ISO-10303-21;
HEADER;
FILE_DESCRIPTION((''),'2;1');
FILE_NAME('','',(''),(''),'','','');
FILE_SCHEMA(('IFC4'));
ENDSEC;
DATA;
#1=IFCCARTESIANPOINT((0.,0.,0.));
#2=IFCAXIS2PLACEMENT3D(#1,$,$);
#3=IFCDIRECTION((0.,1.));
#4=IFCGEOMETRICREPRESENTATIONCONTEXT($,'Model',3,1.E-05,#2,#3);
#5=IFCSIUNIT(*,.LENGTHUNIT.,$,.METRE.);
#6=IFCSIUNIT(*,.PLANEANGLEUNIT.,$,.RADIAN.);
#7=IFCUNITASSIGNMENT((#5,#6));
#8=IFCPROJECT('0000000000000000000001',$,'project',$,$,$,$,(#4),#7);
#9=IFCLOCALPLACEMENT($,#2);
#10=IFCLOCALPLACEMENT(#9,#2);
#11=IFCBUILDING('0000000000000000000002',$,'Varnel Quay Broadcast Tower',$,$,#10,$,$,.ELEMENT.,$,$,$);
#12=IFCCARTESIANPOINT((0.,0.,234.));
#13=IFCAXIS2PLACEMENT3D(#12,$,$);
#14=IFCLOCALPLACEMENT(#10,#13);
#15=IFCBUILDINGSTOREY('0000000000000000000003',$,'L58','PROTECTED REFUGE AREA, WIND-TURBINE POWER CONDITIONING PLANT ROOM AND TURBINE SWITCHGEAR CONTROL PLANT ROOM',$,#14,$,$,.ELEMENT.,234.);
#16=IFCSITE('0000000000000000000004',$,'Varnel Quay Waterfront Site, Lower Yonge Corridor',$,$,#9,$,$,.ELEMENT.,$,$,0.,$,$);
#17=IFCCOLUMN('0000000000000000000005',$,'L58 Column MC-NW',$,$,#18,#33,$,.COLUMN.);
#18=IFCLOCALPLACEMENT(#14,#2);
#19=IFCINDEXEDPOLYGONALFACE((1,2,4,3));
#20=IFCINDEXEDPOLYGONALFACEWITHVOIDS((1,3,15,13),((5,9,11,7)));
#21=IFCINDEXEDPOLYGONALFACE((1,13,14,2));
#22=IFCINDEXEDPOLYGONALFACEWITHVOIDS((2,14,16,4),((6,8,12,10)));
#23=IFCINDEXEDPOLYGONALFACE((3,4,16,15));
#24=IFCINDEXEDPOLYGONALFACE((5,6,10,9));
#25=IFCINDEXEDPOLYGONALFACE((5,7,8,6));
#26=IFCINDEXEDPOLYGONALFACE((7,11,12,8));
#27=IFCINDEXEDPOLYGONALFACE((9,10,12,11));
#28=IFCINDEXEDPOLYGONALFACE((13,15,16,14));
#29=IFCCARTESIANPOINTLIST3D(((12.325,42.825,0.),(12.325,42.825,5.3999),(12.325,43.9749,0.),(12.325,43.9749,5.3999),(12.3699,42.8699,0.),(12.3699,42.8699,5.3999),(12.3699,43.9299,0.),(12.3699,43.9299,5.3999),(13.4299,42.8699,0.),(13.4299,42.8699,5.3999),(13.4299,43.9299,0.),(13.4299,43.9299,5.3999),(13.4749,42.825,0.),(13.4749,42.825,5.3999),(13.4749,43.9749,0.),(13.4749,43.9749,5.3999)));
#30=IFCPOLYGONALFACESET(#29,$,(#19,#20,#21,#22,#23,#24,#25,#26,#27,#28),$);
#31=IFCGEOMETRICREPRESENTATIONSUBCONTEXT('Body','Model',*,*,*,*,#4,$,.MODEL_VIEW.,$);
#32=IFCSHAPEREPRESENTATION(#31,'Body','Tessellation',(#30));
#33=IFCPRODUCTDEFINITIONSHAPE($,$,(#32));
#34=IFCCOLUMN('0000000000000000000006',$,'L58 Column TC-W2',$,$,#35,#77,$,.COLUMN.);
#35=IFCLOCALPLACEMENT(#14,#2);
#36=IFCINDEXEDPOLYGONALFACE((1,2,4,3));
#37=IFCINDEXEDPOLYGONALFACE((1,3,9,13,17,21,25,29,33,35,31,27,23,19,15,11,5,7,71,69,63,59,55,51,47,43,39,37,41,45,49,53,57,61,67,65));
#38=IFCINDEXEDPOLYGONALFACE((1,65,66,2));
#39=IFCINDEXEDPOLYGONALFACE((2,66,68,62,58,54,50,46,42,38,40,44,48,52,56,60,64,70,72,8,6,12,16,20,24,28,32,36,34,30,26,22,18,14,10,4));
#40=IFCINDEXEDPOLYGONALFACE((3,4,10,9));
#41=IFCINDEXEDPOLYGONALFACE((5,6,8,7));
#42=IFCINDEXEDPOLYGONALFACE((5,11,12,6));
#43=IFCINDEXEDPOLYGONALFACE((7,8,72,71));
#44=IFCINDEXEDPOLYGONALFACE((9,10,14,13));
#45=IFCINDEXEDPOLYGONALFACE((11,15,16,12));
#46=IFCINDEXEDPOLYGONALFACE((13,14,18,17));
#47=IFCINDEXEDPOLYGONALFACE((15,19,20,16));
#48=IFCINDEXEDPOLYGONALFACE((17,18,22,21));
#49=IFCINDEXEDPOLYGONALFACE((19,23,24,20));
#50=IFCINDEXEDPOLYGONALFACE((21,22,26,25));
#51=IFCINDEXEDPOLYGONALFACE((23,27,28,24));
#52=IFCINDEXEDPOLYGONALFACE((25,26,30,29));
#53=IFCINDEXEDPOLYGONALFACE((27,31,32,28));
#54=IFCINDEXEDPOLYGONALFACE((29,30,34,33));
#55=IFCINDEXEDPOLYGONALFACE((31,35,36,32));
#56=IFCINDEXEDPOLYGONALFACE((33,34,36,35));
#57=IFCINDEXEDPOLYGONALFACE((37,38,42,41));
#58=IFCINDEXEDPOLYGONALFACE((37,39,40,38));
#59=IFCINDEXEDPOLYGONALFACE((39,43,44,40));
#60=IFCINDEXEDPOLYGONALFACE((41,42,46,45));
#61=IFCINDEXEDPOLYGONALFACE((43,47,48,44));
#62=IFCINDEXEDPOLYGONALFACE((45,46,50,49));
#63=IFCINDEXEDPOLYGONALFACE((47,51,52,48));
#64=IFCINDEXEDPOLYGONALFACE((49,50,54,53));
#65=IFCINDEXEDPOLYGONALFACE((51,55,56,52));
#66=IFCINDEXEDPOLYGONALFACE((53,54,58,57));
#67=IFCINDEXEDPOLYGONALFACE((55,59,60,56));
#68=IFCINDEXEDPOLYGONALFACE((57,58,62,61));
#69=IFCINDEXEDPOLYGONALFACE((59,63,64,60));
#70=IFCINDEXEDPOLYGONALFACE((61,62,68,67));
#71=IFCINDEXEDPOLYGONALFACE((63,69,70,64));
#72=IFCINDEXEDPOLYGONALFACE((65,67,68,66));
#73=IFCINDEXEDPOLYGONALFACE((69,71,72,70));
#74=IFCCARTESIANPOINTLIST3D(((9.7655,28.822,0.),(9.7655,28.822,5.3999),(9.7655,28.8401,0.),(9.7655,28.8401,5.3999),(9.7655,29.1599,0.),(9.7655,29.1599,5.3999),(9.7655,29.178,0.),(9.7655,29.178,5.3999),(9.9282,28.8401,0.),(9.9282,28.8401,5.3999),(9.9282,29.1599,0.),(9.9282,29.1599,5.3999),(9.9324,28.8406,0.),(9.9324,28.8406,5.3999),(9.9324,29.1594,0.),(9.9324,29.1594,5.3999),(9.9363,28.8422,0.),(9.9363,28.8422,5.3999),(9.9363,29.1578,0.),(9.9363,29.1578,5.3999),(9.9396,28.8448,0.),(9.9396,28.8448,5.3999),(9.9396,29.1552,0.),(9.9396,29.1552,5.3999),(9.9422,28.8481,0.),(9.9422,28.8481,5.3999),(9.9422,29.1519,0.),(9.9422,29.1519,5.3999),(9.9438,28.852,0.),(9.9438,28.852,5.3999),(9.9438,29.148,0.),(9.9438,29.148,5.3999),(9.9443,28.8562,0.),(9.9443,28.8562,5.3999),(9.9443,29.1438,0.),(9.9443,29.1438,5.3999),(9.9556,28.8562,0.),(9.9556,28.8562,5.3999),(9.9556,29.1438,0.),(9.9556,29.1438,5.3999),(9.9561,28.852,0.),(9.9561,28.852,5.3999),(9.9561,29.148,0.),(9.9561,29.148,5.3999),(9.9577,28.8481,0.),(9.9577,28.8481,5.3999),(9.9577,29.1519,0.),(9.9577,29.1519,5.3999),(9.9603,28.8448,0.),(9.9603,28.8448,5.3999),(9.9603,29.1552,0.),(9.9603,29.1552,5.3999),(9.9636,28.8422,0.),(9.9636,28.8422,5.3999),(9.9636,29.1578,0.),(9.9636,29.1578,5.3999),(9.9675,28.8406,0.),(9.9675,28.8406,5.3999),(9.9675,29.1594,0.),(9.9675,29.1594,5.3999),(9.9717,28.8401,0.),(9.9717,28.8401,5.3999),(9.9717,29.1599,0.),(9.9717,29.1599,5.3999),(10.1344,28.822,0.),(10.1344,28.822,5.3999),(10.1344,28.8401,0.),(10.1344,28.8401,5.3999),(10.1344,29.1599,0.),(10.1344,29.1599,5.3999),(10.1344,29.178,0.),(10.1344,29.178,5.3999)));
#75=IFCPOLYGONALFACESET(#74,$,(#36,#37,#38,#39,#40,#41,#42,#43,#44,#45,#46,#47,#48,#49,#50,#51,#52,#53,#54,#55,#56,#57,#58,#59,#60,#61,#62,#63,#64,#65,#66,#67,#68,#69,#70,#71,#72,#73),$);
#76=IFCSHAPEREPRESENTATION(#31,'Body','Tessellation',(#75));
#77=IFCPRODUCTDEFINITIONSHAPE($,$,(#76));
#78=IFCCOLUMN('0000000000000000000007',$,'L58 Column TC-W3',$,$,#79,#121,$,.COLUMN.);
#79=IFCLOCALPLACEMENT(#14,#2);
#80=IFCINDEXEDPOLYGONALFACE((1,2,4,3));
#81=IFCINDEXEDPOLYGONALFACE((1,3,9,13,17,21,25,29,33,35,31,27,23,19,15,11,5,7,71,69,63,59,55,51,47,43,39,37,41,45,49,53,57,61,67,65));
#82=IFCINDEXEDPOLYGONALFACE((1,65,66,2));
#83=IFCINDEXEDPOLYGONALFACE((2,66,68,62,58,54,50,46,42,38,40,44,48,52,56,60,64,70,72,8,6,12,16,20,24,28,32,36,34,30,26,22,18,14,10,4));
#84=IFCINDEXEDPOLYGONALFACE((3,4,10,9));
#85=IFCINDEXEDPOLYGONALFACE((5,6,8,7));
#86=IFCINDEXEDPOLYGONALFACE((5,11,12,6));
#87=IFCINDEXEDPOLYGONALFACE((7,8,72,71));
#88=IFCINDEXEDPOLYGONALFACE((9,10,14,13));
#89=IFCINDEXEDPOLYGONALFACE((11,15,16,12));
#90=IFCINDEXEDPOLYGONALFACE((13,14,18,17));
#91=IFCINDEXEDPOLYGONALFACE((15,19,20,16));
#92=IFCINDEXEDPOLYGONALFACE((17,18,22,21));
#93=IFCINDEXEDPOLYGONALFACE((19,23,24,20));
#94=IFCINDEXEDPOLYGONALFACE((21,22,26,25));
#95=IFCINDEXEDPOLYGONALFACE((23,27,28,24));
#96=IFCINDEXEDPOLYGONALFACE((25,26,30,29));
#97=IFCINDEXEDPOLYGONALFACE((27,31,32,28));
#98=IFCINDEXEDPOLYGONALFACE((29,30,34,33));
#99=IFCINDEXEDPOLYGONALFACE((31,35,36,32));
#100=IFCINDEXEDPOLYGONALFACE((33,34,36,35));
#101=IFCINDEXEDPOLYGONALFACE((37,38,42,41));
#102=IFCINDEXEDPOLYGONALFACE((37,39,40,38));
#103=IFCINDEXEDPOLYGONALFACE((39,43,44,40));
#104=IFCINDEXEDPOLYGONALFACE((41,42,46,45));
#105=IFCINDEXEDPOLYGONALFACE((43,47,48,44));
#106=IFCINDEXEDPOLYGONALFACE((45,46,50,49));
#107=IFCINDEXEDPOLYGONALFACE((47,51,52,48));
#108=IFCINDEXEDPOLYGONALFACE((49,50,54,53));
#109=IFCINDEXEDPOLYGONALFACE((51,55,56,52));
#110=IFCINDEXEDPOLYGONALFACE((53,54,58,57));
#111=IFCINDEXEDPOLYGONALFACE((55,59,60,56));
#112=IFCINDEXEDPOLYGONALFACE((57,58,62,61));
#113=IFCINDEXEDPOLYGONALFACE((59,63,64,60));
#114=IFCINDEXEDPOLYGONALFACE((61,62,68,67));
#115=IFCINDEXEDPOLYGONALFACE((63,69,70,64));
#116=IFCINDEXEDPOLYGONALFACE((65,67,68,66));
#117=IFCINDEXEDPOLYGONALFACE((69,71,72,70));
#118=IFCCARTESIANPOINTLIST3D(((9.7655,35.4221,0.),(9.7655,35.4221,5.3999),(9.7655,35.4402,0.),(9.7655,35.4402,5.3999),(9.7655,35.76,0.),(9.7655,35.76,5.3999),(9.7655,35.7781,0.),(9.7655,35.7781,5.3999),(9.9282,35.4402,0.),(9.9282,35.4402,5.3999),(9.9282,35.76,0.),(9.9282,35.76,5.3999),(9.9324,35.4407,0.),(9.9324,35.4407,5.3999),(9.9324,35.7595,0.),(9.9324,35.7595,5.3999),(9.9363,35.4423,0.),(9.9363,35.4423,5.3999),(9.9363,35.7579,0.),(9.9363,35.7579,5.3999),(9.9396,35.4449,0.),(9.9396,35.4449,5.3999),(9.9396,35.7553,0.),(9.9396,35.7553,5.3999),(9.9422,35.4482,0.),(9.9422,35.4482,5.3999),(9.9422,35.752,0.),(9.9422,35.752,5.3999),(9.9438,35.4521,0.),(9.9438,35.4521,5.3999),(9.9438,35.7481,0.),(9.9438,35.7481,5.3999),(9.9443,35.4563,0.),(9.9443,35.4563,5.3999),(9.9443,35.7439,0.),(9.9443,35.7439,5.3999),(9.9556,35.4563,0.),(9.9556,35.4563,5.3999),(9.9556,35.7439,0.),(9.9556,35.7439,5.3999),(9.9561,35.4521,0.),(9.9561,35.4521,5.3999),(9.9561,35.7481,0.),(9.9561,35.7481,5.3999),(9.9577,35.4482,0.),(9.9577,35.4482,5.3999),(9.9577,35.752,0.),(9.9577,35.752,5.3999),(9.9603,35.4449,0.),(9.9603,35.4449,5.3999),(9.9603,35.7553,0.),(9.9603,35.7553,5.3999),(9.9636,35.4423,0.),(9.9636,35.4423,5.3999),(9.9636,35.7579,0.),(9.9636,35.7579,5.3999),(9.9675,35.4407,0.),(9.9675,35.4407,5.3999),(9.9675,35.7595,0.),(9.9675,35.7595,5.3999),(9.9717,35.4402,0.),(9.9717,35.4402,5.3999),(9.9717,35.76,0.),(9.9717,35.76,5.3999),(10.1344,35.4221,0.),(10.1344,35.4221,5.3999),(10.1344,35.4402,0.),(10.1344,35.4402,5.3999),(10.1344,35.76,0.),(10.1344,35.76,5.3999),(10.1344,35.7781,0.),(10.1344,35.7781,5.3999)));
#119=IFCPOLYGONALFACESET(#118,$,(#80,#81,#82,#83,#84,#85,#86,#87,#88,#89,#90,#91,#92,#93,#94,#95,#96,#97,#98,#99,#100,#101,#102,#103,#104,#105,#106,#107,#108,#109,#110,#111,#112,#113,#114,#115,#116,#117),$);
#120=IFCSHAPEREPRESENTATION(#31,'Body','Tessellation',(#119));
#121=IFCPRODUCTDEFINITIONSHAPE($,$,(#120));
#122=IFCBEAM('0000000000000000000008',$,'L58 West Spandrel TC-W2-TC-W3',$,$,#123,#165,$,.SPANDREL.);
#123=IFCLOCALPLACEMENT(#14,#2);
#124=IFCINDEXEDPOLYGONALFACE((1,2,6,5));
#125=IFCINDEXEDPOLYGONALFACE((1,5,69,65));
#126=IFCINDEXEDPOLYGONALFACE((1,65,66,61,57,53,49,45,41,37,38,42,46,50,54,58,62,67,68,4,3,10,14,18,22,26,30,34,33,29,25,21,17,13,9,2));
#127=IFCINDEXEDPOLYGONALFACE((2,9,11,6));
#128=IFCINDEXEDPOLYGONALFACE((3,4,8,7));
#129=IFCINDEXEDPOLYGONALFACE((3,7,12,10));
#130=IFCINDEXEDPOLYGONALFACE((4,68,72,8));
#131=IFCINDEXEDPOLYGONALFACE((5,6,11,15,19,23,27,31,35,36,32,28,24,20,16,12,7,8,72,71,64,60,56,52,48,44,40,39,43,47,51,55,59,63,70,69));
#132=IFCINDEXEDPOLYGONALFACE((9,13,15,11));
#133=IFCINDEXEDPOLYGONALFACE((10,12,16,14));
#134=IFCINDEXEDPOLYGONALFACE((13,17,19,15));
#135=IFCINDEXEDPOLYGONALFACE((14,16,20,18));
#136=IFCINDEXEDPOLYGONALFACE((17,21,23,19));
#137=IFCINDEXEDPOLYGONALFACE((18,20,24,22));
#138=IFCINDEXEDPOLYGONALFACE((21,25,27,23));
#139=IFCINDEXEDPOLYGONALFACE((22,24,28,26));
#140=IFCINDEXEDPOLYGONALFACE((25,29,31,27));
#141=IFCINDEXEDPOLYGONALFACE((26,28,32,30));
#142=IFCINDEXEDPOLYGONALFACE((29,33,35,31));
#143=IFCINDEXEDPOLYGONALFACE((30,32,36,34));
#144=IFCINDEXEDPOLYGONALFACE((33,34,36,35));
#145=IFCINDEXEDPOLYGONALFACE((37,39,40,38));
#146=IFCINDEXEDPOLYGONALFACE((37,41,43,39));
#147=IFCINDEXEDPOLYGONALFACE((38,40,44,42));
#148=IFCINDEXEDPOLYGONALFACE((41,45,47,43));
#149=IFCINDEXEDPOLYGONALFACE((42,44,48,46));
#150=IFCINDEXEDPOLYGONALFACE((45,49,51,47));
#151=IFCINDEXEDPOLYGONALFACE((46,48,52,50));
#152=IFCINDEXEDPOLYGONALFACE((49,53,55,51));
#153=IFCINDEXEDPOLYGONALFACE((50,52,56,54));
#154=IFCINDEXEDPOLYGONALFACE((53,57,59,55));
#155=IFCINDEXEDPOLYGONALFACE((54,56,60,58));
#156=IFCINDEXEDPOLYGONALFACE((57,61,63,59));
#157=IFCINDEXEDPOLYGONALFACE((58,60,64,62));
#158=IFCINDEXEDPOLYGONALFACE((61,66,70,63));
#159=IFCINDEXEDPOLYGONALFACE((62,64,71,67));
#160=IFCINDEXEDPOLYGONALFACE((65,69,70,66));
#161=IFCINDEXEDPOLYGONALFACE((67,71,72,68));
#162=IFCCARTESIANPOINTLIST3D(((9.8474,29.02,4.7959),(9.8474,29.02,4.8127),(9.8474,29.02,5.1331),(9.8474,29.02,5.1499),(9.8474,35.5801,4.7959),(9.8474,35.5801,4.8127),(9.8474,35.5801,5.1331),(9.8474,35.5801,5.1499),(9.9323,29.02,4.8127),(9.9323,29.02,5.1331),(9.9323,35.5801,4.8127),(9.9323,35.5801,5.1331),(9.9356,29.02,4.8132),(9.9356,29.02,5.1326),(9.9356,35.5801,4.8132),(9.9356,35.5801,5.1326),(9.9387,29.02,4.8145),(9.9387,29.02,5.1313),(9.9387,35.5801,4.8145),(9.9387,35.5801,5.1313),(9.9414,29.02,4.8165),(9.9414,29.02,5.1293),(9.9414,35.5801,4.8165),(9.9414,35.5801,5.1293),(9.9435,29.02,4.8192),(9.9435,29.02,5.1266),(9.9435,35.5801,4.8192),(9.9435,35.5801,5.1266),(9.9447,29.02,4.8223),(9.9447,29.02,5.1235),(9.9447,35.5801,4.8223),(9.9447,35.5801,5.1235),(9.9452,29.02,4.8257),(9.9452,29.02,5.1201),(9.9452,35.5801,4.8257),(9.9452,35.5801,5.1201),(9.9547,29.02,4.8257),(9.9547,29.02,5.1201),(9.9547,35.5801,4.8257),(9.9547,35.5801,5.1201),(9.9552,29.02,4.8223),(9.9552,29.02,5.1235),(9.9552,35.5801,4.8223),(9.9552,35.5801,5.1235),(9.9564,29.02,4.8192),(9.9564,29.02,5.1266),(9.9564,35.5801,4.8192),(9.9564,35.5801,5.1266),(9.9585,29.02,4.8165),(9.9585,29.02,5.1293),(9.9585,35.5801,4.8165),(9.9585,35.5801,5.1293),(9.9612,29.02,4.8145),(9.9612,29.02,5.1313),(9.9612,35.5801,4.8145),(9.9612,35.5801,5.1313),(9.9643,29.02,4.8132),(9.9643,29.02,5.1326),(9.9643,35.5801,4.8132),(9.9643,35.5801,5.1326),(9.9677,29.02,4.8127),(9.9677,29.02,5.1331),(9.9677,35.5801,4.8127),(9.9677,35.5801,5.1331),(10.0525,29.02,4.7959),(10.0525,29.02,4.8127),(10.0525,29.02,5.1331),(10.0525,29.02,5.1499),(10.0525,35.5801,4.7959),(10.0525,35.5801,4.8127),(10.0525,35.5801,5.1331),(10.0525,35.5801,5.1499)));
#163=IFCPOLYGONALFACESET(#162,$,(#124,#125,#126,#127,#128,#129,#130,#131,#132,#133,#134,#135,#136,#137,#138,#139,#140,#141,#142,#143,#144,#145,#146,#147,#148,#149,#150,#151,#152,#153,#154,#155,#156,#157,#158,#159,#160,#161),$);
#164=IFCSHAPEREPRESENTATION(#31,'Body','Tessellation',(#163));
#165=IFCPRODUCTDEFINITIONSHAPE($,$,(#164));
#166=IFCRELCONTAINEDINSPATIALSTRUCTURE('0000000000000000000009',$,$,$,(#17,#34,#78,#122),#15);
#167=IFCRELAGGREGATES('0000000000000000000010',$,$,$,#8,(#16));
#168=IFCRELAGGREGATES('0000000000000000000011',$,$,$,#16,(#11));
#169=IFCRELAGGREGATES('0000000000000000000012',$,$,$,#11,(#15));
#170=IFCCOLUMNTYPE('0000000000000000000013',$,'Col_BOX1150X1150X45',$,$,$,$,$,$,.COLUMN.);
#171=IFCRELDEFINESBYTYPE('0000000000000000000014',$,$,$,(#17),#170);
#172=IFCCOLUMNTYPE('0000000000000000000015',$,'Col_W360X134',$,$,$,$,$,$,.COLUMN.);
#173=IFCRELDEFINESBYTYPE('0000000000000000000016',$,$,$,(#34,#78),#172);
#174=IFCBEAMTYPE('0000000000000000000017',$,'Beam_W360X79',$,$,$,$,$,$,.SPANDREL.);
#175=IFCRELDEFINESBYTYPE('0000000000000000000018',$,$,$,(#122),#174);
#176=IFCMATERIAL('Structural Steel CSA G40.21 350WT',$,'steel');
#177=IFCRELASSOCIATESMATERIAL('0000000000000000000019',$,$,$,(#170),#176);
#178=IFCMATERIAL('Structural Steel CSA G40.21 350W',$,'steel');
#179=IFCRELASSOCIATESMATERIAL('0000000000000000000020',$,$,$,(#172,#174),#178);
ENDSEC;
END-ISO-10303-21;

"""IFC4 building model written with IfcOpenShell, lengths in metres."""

from ifc_helpers import new_model, si_unit, direction, frame, origin, origin_2d, place, context, subcontext, project, spatial, hollow_rectangle, i_section, extrude, source, transform, mapped, material, material_profile, profile_set, type_object, type_shapes, element, save


model = new_model("IFC4")

# Units and contexts
model_context = context("Model", 3, precision=1e-05, world=origin(), true_north=direction((0.0, 1.0)))
body_context = subcontext(model_context, "Body", "Model", "MODEL_VIEW")
ifc_project = project(units=[si_unit("LENGTHUNIT", "METRE"), si_unit("PLANEANGLEUNIT", "RADIAN")], contexts=[model_context])

# Site, building, storey
site_placement = place(None, origin())
site = spatial("IfcSite", under=ifc_project, at=site_placement, Name="Varnel Quay Waterfront Site, Lower Yonge Corridor", CompositionType="ELEMENT", RefElevation=0.0)
building_placement = place(site_placement, origin())
building = spatial("IfcBuilding", under=site, at=building_placement, Name="Varnel Quay Broadcast Tower", CompositionType="ELEMENT")
storey_placement = place(building_placement, frame((0.0, 0.0, 234.0)))
storey = spatial("IfcBuildingStorey", under=building, at=storey_placement, Name="L58", Description="PROTECTED REFUGE AREA, WIND-TURBINE POWER CONDITIONING PLANT ROOM AND TURBINE SWITCHGEAR CONTROL PLANT ROOM", CompositionType="ELEMENT", Elevation=234.0)

# Columns
ifc_material_1 = material(Name="Structural Steel CSA G40.21 350WT", Category="steel")
ifc_material_profile_1 = material_profile(ifc_material_1, hollow_rectangle(XDim=1.1499, YDim=1.1499, WallThickness=0.0449, at=origin_2d()), Name="BOX1150X1150X45")
ifc_profile_set_1 = profile_set([ifc_material_profile_1], Name="Structural Steel CSA G40.21 350WT")
column_type_1 = type_object("IfcColumnType", Name="Col_BOX1150X1150X45", PredefinedType="COLUMN", material=ifc_profile_set_1)
shared_shape_1 = source(origin(), body_context, "Body", "SweptSolid", [
    extrude(hollow_rectangle(XDim=1.1499, YDim=1.1499, WallThickness=0.0449, at=origin_2d()), origin(), (0.0, 0.0, 1.0), 5.3999),
])
type_shapes(column_type_1, [shared_shape_1])
column_placement = place(storey_placement, frame((12.8999, 43.3999, 0.0), z_axis=(0.0, 0.0, 1.0), x_axis=(1.0, 0.0, 0.0)))
element("IfcColumn", 1, at=column_placement, inside=storey, type_object=column_type_1, Name="L58 Column MC-NW", PredefinedType="COLUMN", context=body_context, shape_type="MappedRepresentation", body=[
    mapped(shared_shape_1, transform((0.0, 0.0, 0.0), x_axis=(1.0, 0.0, 0.0), y_axis=(0.0, 1.0, 0.0), z_axis=(0.0, 0.0, 1.0), scale=1.0)),
])
ifc_material_2 = material(Name="Structural Steel CSA G40.21 350W", Category="steel")
ifc_material_profile_2 = material_profile(ifc_material_2, i_section(OverallWidth=0.3689, OverallDepth=0.356, WebThickness=0.0112, FlangeThickness=0.0181, FilletRadius=0.0161, at=origin_2d()), Name="W360X134")
ifc_profile_set_2 = profile_set([ifc_material_profile_2], Name="Structural Steel CSA G40.21 350W")
column_type_2 = type_object("IfcColumnType", Name="Col_W360X134", PredefinedType="COLUMN", material=ifc_profile_set_2)
shared_shape_2 = source(origin(), body_context, "Body", "SweptSolid", [
    extrude(i_section(OverallWidth=0.3689, OverallDepth=0.356, WebThickness=0.0112, FlangeThickness=0.0181, FilletRadius=0.0161, at=origin_2d()), origin(), (0.0, 0.0, 1.0), 5.3999),
])
type_shapes(column_type_2, [shared_shape_2])
for number, where, z_axis, x_axis, name in (
    (2, (9.95, 29.0, 0.0), (0.0, 0.0, 1.0), (1.0, 0.0, 0.0), "L58 Column TC-W2"),
    (3, (9.95, 35.6001, 0.0), (0.0, 0.0, 1.0), (1.0, 0.0, 0.0), "L58 Column TC-W3"),
):
    element("IfcColumn", number, at=place(storey_placement, frame(where, z_axis=z_axis, x_axis=x_axis)), inside=storey, type_object=column_type_2, Name=name, PredefinedType="COLUMN", context=body_context, shape_type="MappedRepresentation", body=[
        mapped(shared_shape_2, transform((0.0, 0.0, 0.0), x_axis=(1.0, 0.0, 0.0), y_axis=(0.0, 1.0, 0.0), z_axis=(0.0, 0.0, 1.0), scale=1.0)),
    ])

# Beam
ifc_material_profile_3 = material_profile(ifc_material_2, i_section(OverallWidth=0.2051, OverallDepth=0.354, WebThickness=0.0095, FlangeThickness=0.0168, FilletRadius=0.0129, at=origin_2d()), Name="W360X79")
ifc_profile_set_3 = profile_set([ifc_material_profile_3], Name="Structural Steel CSA G40.21 350W")
beam_type_1 = type_object("IfcBeamType", Name="Beam_W360X79", PredefinedType="SPANDREL", material=ifc_profile_set_3)
shared_shape_3 = source(origin(), body_context, "Body", "SweptSolid", [
    extrude(i_section(OverallWidth=0.2051, OverallDepth=0.354, WebThickness=0.0095, FlangeThickness=0.0168, FilletRadius=0.0129, at=origin_2d()), origin(), (0.0, 0.0, 1.0), 6.5601),
])
beam_1_placement = place(storey_placement, frame((9.95, 29.02, 4.9729), z_axis=(0.0, 1.0, 0.0), x_axis=(-1.0, 0.0, 0.0)))
element("IfcBeam", 4, at=beam_1_placement, inside=storey, type_object=beam_type_1, Name="L58 West Spandrel TC-W2-TC-W3", PredefinedType="SPANDREL", context=body_context, shape_type="MappedRepresentation", body=[
    mapped(shared_shape_3, transform((0.0, 0.0, 0.0), x_axis=(1.0, 0.0, 0.0), y_axis=(0.0, 1.0, 0.0), z_axis=(0.0, 0.0, 1.0), scale=1.0)),
])

save(model, "model.ifc")
